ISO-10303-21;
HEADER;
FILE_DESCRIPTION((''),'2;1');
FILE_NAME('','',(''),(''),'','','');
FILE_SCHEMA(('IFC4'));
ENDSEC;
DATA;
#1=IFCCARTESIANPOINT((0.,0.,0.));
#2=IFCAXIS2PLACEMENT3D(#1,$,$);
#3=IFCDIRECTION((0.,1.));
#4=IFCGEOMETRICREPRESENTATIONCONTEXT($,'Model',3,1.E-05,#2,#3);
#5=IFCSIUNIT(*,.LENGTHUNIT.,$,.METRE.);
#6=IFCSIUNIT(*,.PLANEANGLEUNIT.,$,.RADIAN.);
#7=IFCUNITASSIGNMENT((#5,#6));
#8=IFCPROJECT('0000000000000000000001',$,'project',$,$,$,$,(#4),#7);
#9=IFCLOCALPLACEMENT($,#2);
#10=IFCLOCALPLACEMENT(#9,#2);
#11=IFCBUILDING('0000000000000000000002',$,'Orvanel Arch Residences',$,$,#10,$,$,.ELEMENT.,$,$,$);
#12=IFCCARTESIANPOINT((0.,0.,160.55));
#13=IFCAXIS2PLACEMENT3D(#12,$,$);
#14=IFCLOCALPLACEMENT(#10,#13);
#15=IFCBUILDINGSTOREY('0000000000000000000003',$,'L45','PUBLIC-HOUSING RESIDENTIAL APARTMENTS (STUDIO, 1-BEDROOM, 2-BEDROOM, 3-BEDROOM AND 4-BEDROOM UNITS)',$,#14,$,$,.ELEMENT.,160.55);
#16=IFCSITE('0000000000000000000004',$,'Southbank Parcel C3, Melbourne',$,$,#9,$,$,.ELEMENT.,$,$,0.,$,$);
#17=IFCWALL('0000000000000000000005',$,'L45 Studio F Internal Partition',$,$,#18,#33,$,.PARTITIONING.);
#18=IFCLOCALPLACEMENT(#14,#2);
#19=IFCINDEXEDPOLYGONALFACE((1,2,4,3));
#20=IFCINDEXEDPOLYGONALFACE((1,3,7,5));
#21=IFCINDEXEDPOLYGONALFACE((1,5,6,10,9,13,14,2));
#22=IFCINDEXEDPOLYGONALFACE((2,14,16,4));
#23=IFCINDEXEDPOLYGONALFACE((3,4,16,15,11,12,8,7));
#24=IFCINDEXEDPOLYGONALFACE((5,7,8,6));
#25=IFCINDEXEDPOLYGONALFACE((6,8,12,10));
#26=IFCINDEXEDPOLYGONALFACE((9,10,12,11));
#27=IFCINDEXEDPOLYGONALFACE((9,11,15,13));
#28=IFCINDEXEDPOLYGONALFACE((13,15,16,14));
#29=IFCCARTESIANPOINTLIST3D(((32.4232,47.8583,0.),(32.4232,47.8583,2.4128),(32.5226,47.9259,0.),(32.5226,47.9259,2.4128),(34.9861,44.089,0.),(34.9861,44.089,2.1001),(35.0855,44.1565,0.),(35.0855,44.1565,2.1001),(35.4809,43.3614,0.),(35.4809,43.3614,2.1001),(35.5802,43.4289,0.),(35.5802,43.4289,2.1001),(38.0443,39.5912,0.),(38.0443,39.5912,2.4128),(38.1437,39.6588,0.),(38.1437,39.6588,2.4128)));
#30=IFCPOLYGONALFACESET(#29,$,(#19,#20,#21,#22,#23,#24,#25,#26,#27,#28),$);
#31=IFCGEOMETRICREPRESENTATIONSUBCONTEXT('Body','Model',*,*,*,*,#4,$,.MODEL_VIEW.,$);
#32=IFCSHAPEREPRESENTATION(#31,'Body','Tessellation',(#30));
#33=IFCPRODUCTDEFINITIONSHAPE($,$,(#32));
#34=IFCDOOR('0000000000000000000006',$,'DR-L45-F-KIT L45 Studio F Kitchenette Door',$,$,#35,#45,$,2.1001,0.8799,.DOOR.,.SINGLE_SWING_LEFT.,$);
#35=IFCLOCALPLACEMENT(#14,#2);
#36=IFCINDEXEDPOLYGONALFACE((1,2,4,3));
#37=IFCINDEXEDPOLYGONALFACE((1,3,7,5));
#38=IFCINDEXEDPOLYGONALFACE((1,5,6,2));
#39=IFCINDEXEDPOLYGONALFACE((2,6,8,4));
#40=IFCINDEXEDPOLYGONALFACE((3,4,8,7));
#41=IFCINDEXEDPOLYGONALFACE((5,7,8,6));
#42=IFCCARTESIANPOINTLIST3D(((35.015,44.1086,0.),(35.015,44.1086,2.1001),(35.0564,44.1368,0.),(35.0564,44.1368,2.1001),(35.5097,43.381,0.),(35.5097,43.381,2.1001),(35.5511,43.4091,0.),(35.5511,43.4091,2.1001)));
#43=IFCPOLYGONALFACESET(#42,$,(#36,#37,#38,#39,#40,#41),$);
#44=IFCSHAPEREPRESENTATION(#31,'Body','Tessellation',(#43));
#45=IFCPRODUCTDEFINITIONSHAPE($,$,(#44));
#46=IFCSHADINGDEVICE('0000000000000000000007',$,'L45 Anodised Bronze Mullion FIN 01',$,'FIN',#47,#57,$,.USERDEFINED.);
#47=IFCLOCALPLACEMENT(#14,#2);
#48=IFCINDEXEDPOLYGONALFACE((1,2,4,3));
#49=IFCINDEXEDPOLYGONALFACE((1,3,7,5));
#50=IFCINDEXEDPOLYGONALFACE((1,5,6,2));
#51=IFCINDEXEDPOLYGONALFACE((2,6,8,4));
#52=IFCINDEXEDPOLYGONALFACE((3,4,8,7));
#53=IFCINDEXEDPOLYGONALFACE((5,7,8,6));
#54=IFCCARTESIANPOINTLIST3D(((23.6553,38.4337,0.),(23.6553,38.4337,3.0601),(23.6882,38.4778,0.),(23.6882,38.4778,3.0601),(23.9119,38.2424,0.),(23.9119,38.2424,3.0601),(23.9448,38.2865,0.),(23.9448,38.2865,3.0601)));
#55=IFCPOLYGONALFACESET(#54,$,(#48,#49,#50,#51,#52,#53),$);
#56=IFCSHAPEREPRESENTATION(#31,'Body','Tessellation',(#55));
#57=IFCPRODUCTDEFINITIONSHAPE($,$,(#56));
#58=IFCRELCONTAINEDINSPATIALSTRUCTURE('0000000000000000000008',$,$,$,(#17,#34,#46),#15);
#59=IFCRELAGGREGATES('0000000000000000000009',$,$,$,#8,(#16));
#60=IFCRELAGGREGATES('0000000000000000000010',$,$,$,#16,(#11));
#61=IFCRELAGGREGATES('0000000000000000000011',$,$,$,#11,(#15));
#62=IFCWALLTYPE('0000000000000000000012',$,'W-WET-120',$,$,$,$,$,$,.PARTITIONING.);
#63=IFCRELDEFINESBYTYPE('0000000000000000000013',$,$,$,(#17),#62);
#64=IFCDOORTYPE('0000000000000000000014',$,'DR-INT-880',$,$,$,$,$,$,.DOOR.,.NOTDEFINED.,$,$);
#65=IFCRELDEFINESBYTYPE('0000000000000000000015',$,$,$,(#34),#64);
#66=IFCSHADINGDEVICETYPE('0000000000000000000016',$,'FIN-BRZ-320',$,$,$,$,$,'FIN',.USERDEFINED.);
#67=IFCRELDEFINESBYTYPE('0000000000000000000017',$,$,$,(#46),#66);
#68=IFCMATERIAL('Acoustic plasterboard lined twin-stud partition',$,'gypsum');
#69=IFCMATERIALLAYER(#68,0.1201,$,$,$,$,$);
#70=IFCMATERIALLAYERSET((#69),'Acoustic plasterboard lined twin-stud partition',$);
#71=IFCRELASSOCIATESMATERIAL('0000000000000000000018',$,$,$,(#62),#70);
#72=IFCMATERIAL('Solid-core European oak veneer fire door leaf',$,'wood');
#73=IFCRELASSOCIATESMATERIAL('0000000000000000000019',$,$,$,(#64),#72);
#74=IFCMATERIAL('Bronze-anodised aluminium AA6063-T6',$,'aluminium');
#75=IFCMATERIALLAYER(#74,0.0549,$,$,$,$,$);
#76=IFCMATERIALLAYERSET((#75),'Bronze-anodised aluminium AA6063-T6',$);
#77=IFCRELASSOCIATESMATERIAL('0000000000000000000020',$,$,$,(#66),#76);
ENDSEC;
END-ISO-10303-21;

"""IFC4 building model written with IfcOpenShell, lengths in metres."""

from ifc_helpers import new_model, si_unit, direction, frame, frame_2d, origin, origin_2d, place, context, subcontext, project, spatial, rectangle, extrude, material, layer, layer_set, type_object, element, fill, save


model = new_model("IFC4")

# Units and contexts
model_context = context("Model", 3, precision=1e-05, world=origin(), true_north=direction((0.0, 1.0)))
body_context = subcontext(model_context, "Body", "Model", "MODEL_VIEW")
ifc_project = project(units=[si_unit("LENGTHUNIT", "METRE"), si_unit("PLANEANGLEUNIT", "RADIAN")], contexts=[model_context])

# Site, building, storey
site_placement = place(None, origin())
site = spatial("IfcSite", under=ifc_project, at=site_placement, Name="Southbank Parcel C3, Melbourne", CompositionType="ELEMENT", RefElevation=0.0)
building_placement = place(site_placement, origin())
building = spatial("IfcBuilding", under=site, at=building_placement, Name="Orvanel Arch Residences", CompositionType="ELEMENT")
storey_placement = place(building_placement, frame((0.0, 0.0, 160.55)))
storey = spatial("IfcBuildingStorey", under=building, at=storey_placement, Name="L45", Description="PUBLIC-HOUSING RESIDENTIAL APARTMENTS (STUDIO, 1-BEDROOM, 2-BEDROOM, 3-BEDROOM AND 4-BEDROOM UNITS)", CompositionType="ELEMENT", Elevation=160.55)

# Shared definitions
ifc_material_1 = material(Name="Bronze-anodised aluminium AA6063-T6", Category="aluminium")

# Wall, opening, door
ifc_material_2 = material(Name="Acoustic plasterboard lined twin-stud partition", Category="gypsum")
ifc_layer_1 = layer(ifc_material_2, 0.1201)
ifc_layer_set_1 = layer_set([ifc_layer_1], Name="Acoustic plasterboard lined twin-stud partition")
wall_type_1 = type_object("IfcWallType", Name="W-WET-120", PredefinedType="PARTITIONING", material=ifc_layer_set_1)
wall_1_placement = place(storey_placement, frame((32.4729, 47.8921, 0.0), z_axis=(0.0, 0.0, 1.0), x_axis=(0.562274, -0.826951, 0.0)))
wall_1 = element("IfcWall", 1, at=wall_1_placement, inside=storey, type_object=wall_type_1, Name="L45 Studio F Internal Partition", PredefinedType="PARTITIONING", context=body_context, shape_type="SweptSolid", body=[
    extrude(rectangle(XDim=9.9971, YDim=0.1201, at=frame_2d((4.9985, 0.0))), origin(), (0.0, 0.0, 1.0), 2.4128),
])
opening_placement = place(wall_1_placement, frame((4.5581, 0.0, 0.0)))
opening = element("IfcOpeningElement", 2, at=opening_placement, cuts=wall_1, PredefinedType="OPENING", context=body_context, shape_type="SweptSolid", body=[
    extrude(rectangle(XDim=0.8799, YDim=2.1001, at=frame_2d((0.4399, 1.05))), frame((0.0, 0.0701, 0.0), z_axis=(0.0, -1.0, 0.0), x_axis=(1.0, 0.0, 0.0)), (0.0, 0.0, 1.0), 0.1401),
])
ifc_material_3 = material(Name="Solid-core European oak veneer fire door leaf", Category="wood")
door_type = type_object("IfcDoorType", Name="DR-INT-880", OperationType="NOTDEFINED", PredefinedType="DOOR", material=ifc_material_3)
door_placement = place(opening_placement, origin())
door = element("IfcDoor", 3, at=door_placement, inside=storey, type_object=door_type, Name="DR-L45-F-KIT L45 Studio F Kitchenette Door", OperationType="SINGLE_SWING_LEFT", OverallHeight=2.1001, OverallWidth=0.8799, PredefinedType="DOOR", context=body_context, shape_type="SweptSolid", body=[
    extrude(rectangle(XDim=0.8799, YDim=2.1001, at=frame_2d((0.4399, 1.05))), frame((0.0, 0.0249, 0.0), z_axis=(0.0, -1.0, 0.0), x_axis=(1.0, 0.0, 0.0)), (0.0, 0.0, 1.0), 0.05),
])
fill(opening, door)

# Shading device
ifc_layer_2 = layer(ifc_material_1, 0.0549)
ifc_layer_set_2 = layer_set([ifc_layer_2], Name="Bronze-anodised aluminium AA6063-T6")
shading_device_type = type_object("IfcShadingDeviceType", Name="FIN-BRZ-320", ElementType="FIN", PredefinedType="USERDEFINED", material=ifc_layer_set_2)
shading_device_placement = place(storey_placement, frame((23.8, 38.3601, 0.0), z_axis=(0.0, 0.0, 1.0), x_axis=(-0.801776, 0.597625, 0.0)))
element("IfcShadingDevice", 4, at=shading_device_placement, inside=storey, type_object=shading_device_type, Name="L45 Anodised Bronze Mullion FIN 01", ObjectType="FIN", PredefinedType="USERDEFINED", context=body_context, shape_type="SweptSolid", body=[
    extrude(rectangle(XDim=0.3201, YDim=0.0549, at=origin_2d()), origin(), (0.0, 0.0, 1.0), 3.0601),
])

save(model, "model.ifc")
